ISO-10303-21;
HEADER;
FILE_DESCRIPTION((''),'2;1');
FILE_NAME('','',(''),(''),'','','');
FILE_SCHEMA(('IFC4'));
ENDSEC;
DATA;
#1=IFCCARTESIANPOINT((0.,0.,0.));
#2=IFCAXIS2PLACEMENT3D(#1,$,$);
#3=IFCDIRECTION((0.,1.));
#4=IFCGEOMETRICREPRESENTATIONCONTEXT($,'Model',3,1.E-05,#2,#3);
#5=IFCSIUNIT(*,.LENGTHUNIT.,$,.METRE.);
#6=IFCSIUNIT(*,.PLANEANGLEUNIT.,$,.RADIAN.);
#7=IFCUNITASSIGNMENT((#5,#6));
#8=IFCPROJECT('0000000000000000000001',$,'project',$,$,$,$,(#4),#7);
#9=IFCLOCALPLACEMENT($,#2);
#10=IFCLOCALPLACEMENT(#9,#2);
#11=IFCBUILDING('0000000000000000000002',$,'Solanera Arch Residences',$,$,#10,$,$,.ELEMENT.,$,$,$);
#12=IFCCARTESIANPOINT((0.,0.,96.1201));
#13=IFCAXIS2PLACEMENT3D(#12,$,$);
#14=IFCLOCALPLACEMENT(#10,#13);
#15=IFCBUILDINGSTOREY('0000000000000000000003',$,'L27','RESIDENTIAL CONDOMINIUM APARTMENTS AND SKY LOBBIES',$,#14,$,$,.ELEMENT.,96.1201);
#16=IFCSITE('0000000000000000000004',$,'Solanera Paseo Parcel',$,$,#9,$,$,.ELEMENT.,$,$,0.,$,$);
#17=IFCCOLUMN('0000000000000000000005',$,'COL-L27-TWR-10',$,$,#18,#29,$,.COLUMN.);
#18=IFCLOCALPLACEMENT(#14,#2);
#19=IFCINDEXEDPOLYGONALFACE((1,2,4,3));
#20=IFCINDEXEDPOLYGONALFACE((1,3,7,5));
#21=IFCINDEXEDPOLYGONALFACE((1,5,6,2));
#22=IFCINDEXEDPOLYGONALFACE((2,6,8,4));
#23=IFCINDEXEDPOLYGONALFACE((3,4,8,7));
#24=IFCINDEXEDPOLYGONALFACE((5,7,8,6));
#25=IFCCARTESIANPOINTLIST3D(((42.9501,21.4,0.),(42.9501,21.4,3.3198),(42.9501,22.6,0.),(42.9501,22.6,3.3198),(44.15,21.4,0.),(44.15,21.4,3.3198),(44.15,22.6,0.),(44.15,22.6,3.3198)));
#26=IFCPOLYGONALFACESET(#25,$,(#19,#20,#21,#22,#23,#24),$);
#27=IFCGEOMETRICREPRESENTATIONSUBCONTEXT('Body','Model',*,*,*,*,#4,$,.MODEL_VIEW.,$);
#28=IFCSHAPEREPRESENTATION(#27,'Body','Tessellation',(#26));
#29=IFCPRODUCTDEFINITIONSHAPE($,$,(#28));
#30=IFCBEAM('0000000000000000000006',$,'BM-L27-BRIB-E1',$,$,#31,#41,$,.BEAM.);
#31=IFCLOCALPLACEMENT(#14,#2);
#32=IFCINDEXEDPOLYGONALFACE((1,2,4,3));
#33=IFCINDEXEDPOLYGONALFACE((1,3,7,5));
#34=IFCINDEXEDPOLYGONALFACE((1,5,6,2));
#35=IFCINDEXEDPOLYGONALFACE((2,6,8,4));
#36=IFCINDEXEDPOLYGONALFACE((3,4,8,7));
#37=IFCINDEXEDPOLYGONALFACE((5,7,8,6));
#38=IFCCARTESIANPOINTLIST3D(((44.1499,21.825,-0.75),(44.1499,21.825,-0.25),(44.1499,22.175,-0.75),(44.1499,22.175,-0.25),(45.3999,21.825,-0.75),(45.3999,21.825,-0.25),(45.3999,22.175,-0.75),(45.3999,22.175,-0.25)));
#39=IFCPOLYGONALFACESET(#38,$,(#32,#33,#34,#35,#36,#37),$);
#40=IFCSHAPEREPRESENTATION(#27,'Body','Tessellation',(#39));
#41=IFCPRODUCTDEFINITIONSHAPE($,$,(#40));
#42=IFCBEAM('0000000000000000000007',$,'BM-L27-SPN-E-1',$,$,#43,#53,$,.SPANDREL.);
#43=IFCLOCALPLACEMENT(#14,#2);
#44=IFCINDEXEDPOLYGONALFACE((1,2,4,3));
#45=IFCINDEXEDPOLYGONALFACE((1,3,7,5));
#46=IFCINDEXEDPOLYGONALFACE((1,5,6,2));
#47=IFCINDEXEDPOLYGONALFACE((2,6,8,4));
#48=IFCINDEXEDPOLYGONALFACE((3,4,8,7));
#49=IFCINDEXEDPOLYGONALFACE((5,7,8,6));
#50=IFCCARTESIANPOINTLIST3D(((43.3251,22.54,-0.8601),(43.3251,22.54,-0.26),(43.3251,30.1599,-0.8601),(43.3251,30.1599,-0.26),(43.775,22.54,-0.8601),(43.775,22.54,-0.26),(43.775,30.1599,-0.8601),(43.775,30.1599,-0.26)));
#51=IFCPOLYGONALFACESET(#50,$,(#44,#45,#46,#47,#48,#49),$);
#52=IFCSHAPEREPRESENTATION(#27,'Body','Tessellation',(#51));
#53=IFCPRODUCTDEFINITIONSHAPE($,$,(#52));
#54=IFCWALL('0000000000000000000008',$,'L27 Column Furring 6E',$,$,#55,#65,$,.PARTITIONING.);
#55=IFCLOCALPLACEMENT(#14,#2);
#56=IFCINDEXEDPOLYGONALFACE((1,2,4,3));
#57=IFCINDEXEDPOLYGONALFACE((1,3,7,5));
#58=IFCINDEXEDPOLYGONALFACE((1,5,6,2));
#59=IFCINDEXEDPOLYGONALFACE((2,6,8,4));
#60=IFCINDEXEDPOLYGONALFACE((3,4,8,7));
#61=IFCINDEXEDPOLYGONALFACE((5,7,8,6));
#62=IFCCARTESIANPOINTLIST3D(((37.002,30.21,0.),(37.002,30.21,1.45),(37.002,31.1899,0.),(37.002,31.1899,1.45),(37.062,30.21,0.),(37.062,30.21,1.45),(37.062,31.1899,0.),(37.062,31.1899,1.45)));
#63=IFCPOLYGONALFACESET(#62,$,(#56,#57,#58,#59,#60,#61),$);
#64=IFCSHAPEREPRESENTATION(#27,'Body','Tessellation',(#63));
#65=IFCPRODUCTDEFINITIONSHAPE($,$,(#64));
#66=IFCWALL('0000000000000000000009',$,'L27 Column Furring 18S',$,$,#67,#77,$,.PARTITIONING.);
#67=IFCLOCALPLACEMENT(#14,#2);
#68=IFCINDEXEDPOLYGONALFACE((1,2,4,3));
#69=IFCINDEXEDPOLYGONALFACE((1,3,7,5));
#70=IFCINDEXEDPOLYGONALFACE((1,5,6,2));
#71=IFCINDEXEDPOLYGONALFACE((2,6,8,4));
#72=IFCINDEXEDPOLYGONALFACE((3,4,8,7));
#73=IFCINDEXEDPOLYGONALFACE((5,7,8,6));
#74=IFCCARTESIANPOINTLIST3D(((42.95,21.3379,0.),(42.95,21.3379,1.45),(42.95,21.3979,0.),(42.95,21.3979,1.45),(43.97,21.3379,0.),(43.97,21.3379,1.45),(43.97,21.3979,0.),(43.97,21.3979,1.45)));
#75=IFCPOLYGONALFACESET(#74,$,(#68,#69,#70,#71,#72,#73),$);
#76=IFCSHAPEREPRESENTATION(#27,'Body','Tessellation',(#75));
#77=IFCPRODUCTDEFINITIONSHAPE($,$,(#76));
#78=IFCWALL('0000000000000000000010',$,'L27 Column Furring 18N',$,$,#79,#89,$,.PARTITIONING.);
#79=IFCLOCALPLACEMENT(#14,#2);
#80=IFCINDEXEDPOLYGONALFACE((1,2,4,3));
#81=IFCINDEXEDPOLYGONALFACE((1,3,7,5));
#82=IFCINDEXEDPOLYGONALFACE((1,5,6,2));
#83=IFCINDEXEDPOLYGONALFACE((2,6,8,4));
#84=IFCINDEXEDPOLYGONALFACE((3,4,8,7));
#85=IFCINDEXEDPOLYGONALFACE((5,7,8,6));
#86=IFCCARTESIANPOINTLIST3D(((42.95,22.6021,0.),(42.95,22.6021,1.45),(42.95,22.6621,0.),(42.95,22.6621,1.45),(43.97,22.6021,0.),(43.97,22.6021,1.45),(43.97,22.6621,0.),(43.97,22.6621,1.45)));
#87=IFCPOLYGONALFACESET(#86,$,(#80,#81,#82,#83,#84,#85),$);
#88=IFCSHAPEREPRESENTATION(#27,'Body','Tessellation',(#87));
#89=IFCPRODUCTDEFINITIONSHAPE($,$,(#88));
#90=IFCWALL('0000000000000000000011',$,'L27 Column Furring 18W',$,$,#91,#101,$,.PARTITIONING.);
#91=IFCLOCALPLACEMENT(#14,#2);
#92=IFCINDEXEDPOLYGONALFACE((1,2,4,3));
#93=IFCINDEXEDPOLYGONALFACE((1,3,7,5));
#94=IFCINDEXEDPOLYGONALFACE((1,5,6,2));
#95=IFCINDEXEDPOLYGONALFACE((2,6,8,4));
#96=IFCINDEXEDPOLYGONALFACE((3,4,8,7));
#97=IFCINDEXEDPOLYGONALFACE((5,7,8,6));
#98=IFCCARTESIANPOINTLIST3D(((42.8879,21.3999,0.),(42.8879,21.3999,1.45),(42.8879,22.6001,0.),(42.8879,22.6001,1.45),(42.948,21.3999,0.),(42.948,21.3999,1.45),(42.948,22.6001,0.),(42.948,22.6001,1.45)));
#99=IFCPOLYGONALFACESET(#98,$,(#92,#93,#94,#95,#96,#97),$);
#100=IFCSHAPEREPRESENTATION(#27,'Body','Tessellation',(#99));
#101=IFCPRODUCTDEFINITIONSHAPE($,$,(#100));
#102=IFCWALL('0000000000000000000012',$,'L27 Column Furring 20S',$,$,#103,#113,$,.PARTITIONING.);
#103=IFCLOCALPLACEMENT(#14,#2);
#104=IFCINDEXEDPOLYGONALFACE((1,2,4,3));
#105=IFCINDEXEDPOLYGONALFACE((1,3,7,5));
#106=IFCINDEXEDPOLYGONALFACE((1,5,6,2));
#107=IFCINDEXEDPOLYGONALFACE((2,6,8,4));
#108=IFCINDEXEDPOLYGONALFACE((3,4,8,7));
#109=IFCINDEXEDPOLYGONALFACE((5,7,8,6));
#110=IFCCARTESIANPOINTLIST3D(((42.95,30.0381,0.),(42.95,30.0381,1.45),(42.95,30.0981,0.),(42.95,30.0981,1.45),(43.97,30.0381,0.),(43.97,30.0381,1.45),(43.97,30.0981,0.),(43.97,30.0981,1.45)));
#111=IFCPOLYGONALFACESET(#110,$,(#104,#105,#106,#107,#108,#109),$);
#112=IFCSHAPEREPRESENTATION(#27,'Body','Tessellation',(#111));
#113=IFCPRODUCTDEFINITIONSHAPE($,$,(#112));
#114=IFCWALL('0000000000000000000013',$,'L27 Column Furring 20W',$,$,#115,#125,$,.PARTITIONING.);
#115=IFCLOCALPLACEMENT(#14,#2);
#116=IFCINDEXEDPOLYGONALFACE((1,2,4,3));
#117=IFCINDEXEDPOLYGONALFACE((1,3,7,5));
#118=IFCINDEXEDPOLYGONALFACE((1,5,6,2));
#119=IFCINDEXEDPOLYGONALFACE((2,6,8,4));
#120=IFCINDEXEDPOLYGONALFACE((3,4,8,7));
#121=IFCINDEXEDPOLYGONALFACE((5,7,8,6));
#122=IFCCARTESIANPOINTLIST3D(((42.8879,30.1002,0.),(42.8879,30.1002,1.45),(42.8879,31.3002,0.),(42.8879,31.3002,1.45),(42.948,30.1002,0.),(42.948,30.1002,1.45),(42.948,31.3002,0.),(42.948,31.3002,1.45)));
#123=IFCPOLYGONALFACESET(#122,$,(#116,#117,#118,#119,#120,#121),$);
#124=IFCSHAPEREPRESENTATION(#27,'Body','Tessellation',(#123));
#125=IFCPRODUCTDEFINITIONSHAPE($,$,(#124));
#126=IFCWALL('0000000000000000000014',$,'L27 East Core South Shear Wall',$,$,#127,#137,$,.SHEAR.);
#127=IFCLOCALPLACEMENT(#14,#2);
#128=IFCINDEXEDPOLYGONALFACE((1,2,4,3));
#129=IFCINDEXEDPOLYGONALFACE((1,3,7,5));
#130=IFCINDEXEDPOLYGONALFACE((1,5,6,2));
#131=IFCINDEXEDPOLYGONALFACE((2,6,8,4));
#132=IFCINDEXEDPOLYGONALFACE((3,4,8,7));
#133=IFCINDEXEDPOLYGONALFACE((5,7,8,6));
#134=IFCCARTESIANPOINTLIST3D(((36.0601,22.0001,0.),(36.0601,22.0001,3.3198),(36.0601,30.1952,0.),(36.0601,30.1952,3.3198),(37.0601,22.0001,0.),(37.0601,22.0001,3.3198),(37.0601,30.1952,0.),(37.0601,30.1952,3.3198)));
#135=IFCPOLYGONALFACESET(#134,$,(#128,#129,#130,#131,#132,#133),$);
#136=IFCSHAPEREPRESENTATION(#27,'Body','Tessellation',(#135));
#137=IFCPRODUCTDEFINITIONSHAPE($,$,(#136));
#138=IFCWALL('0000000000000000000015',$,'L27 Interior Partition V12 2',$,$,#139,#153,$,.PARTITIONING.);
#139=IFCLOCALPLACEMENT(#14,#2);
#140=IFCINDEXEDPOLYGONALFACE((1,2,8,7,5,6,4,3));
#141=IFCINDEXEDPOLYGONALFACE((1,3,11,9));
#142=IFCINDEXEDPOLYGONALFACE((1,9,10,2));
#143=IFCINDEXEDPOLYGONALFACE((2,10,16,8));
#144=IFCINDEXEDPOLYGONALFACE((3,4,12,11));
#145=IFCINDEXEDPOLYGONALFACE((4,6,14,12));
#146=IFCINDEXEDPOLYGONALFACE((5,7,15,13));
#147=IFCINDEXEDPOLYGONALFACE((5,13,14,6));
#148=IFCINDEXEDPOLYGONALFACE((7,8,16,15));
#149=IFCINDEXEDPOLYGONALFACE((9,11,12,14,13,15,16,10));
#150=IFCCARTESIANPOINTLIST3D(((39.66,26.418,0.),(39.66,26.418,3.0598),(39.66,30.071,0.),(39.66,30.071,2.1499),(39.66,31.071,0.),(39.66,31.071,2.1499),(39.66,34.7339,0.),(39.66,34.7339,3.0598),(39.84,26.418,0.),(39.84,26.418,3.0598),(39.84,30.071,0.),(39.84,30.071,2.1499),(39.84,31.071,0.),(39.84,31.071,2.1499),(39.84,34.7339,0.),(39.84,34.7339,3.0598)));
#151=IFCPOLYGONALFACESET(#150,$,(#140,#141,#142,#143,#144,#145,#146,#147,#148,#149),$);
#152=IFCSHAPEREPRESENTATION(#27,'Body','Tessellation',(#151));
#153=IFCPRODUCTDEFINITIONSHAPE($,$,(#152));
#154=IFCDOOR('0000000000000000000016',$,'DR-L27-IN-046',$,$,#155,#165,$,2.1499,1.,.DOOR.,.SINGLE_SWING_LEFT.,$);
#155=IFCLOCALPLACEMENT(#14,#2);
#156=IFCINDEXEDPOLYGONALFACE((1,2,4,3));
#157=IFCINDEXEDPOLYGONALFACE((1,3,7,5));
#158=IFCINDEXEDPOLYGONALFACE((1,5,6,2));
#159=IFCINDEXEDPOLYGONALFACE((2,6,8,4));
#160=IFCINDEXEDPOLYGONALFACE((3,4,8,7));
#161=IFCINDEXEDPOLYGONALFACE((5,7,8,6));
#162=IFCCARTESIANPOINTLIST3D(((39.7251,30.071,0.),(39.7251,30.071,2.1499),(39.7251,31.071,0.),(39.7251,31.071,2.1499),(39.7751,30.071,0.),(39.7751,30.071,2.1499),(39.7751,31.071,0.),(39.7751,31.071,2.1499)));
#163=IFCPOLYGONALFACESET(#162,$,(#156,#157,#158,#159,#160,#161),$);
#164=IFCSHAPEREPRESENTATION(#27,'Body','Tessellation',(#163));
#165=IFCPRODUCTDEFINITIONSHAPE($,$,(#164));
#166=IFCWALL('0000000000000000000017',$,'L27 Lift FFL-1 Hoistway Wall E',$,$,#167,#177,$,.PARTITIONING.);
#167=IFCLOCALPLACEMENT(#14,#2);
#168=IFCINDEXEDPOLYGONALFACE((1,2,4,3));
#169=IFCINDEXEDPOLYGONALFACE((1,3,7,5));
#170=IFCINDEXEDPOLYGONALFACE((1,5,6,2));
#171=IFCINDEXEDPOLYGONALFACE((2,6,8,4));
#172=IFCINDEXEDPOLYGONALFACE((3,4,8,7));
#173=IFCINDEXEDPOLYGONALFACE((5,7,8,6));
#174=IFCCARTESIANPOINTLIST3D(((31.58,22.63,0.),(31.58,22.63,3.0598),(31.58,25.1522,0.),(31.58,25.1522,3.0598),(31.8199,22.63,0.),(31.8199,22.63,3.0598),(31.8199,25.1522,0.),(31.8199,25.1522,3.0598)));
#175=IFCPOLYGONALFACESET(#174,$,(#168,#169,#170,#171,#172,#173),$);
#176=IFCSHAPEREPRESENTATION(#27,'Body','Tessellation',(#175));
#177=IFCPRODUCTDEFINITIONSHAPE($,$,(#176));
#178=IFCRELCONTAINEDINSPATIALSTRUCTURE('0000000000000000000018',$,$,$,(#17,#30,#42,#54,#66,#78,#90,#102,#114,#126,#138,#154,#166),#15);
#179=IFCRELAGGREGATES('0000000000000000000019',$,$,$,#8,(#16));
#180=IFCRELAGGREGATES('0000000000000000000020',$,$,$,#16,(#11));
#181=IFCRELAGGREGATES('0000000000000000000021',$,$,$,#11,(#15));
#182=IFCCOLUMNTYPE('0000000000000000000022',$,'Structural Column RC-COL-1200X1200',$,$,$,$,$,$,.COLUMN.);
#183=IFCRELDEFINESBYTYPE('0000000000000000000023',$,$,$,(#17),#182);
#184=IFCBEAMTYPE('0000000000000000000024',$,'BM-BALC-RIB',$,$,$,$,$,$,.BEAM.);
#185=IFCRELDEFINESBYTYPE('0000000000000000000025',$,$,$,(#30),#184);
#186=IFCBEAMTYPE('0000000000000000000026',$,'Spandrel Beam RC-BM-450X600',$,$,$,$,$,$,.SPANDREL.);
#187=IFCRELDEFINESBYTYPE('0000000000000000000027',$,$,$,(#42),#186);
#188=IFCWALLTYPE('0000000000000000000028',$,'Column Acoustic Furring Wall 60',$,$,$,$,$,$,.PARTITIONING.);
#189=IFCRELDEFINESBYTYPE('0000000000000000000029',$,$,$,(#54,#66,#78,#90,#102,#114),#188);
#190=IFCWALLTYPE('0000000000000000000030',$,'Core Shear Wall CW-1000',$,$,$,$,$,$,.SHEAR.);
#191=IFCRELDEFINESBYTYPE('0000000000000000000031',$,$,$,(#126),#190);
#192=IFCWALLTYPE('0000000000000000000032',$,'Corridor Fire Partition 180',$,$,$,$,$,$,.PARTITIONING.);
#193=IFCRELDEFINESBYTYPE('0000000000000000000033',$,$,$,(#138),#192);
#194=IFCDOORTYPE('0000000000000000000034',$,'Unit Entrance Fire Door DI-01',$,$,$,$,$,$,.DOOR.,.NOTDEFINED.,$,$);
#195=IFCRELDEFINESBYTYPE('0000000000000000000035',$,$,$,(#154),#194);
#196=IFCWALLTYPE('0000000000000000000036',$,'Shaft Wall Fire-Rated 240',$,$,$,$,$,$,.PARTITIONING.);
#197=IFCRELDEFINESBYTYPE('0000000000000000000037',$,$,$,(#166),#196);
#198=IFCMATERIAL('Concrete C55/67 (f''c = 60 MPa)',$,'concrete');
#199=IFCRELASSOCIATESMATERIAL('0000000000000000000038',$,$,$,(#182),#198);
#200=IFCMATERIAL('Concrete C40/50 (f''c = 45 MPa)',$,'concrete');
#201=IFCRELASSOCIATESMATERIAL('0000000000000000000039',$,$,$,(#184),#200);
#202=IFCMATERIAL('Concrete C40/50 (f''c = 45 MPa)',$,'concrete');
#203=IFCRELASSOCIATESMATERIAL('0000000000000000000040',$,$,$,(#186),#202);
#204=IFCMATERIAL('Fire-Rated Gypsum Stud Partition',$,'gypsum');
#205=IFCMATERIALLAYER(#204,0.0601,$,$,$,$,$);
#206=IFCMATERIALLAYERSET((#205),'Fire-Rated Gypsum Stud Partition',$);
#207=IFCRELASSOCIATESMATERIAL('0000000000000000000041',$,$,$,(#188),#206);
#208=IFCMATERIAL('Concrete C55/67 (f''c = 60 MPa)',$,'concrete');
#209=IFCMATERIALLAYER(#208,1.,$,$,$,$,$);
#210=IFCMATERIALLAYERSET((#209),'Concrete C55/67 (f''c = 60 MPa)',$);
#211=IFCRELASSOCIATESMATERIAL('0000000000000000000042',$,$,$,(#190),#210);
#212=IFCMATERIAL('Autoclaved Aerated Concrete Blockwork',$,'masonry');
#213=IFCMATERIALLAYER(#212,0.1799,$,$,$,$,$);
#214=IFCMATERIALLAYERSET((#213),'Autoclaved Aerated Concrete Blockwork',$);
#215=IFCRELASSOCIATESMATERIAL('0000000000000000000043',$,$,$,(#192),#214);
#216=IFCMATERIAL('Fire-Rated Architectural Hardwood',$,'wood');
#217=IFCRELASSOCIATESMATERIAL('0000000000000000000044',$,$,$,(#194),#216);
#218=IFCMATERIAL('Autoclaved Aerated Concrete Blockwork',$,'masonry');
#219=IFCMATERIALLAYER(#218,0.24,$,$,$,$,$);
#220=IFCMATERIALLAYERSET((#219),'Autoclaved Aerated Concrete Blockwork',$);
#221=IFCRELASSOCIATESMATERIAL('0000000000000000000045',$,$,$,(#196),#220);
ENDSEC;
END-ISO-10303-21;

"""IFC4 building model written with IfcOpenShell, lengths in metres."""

from ifc_helpers import new_model, si_unit, direction, frame, frame_2d, origin, origin_2d, place, context, subcontext, project, spatial, rectangle, extrude, material, layer, layer_set, material_profile, profile_set, type_object, element, fill, save


model = new_model("IFC4")

# Units and contexts
model_context = context("Model", 3, precision=1e-05, world=origin(), true_north=direction((0.0, 1.0)))
body_context = subcontext(model_context, "Body", "Model", "MODEL_VIEW")
ifc_project = project(units=[si_unit("LENGTHUNIT", "METRE"), si_unit("PLANEANGLEUNIT", "RADIAN")], contexts=[model_context])

# Site, building, storey
site_placement = place(None, origin())
site = spatial("IfcSite", under=ifc_project, at=site_placement, Name="Solanera Paseo Parcel", CompositionType="ELEMENT", RefElevation=0.0)
building_placement = place(site_placement, origin())
building = spatial("IfcBuilding", under=site, at=building_placement, Name="Solanera Arch Residences", CompositionType="ELEMENT")
storey_placement = place(building_placement, frame((0.0, 0.0, 96.1201)))
storey = spatial("IfcBuildingStorey", under=building, at=storey_placement, Name="L27", Description="RESIDENTIAL CONDOMINIUM APARTMENTS AND SKY LOBBIES", CompositionType="ELEMENT", Elevation=96.1201)

# Column
ifc_material_1 = material(Name="Concrete C55/67 (f'c = 60 MPa)", Category="concrete")
ifc_material_profile_1 = material_profile(ifc_material_1, rectangle(XDim=1.2, YDim=1.2, at=origin_2d()))
ifc_profile_set_1 = profile_set([ifc_material_profile_1], Name="Concrete C55/67 (f'c = 60 MPa)")
column_type = type_object("IfcColumnType", Name="Structural Column RC-COL-1200X1200", PredefinedType="COLUMN", material=ifc_profile_set_1)
column_placement = place(storey_placement, frame((43.55, 22.0, 0.0), z_axis=(0.0, 0.0, 1.0), x_axis=(1.0, 0.0, 0.0)))
element("IfcColumn", 1, at=column_placement, inside=storey, type_object=column_type, Name="COL-L27-TWR-10", PredefinedType="COLUMN", context=body_context, shape_type="SweptSolid", body=[
    extrude(rectangle(XDim=1.2, YDim=1.2, at=origin_2d()), origin(), (0.0, 0.0, 1.0), 3.3198),
])

# Beams
ifc_material_2 = material(Name="Concrete C40/50 (f'c = 45 MPa)", Category="concrete")
ifc_material_profile_2 = material_profile(ifc_material_2, rectangle(XDim=0.3501, YDim=0.5, at=origin_2d()))
ifc_profile_set_2 = profile_set([ifc_material_profile_2], Name="Concrete C40/50 (f'c = 45 MPa)")
beam_type_1 = type_object("IfcBeamType", Name="BM-BALC-RIB", PredefinedType="BEAM", material=ifc_profile_set_2)
beam_1_placement = place(storey_placement, frame((44.1499, 22.0, -0.5), z_axis=(1.0, 0.0, 0.0), x_axis=(0.0, 1.0, 0.0)))
element("IfcBeam", 2, at=beam_1_placement, inside=storey, type_object=beam_type_1, Name="BM-L27-BRIB-E1", PredefinedType="BEAM", context=body_context, shape_type="SweptSolid", body=[
    extrude(rectangle(XDim=0.3501, YDim=0.5, at=origin_2d()), origin(), (0.0, 0.0, 1.0), 1.25),
])
ifc_material_3 = material(Name="Concrete C40/50 (f'c = 45 MPa)", Category="concrete")
ifc_material_profile_3 = material_profile(ifc_material_3, rectangle(XDim=0.45, YDim=0.6001, at=origin_2d()))
ifc_profile_set_3 = profile_set([ifc_material_profile_3], Name="Concrete C40/50 (f'c = 45 MPa)")
beam_type_2 = type_object("IfcBeamType", Name="Spandrel Beam RC-BM-450X600", PredefinedType="SPANDREL", material=ifc_profile_set_3)
beam_2_placement = place(storey_placement, frame((43.55, 22.54, -0.5601), z_axis=(0.0, 1.0, 0.0), x_axis=(-1.0, 0.0, 0.0)))
element("IfcBeam", 3, at=beam_2_placement, inside=storey, type_object=beam_type_2, Name="BM-L27-SPN-E-1", PredefinedType="SPANDREL", context=body_context, shape_type="SweptSolid", body=[
    extrude(rectangle(XDim=0.45, YDim=0.6001, at=origin_2d()), origin(), (0.0, 0.0, 1.0), 7.6199),
])

# Walls
ifc_material_4 = material(Name="Fire-Rated Gypsum Stud Partition", Category="gypsum")
ifc_layer_1 = layer(ifc_material_4, 0.0601)
ifc_layer_set_1 = layer_set([ifc_layer_1], Name="Fire-Rated Gypsum Stud Partition")
wall_type_1 = type_object("IfcWallType", Name="Column Acoustic Furring Wall 60", PredefinedType="PARTITIONING", material=ifc_layer_set_1)
wall_1_placement = place(storey_placement, frame((37.032, 30.21, 0.0), z_axis=(0.0, 0.0, 1.0), x_axis=(0.0, 1.0, 0.0)))
element("IfcWall", 4, at=wall_1_placement, inside=storey, type_object=wall_type_1, Name="L27 Column Furring 6E", PredefinedType="PARTITIONING", context=body_context, shape_type="SweptSolid", body=[
    extrude(rectangle(XDim=0.98, YDim=0.0601, at=frame_2d((0.49, 0.0))), origin(), (0.0, 0.0, 1.0), 1.45),
])
for number, where, z_axis, x_axis, name in (
    (5, (42.95, 21.3679, 0.0), (0.0, 0.0, 1.0), (1.0, 0.0, 0.0), "L27 Column Furring 18S"),
    (6, (42.95, 22.6321, 0.0), (0.0, 0.0, 1.0), (1.0, 0.0, 0.0), "L27 Column Furring 18N"),
):
    element("IfcWall", number, at=place(storey_placement, frame(where, z_axis=z_axis, x_axis=x_axis)), inside=storey, type_object=wall_type_1, Name=name, PredefinedType="PARTITIONING", context=body_context, shape_type="SweptSolid", body=[
        extrude(rectangle(XDim=1.02, YDim=0.0601, at=frame_2d((0.51, 0.0))), origin(), (0.0, 0.0, 1.0), 1.45),
    ])
wall_2_placement = place(storey_placement, frame((42.918, 21.3999, 0.0), z_axis=(0.0, 0.0, 1.0), x_axis=(0.0, 1.0, 0.0)))
element("IfcWall", 7, at=wall_2_placement, inside=storey, type_object=wall_type_1, Name="L27 Column Furring 18W", PredefinedType="PARTITIONING", context=body_context, shape_type="SweptSolid", body=[
    extrude(rectangle(XDim=1.2002, YDim=0.0601, at=frame_2d((0.6001, 0.0))), origin(), (0.0, 0.0, 1.0), 1.45),
])
wall_3_placement = place(storey_placement, frame((42.95, 30.0681, 0.0), z_axis=(0.0, 0.0, 1.0), x_axis=(1.0, 0.0, 0.0)))
element("IfcWall", 8, at=wall_3_placement, inside=storey, type_object=wall_type_1, Name="L27 Column Furring 20S", PredefinedType="PARTITIONING", context=body_context, shape_type="SweptSolid", body=[
    extrude(rectangle(XDim=1.02, YDim=0.0601, at=frame_2d((0.51, 0.0))), origin(), (0.0, 0.0, 1.0), 1.45),
])
wall_4_placement = place(storey_placement, frame((42.918, 30.1001, 0.0), z_axis=(0.0, 0.0, 1.0), x_axis=(0.0, 1.0, 0.0)))
element("IfcWall", 9, at=wall_4_placement, inside=storey, type_object=wall_type_1, Name="L27 Column Furring 20W", PredefinedType="PARTITIONING", context=body_context, shape_type="SweptSolid", body=[
    extrude(rectangle(XDim=1.2, YDim=0.0601, at=frame_2d((0.6001, 0.0))), origin(), (0.0, 0.0, 1.0), 1.45),
])
ifc_material_5 = material(Name="Concrete C55/67 (f'c = 60 MPa)", Category="concrete")
ifc_layer_2 = layer(ifc_material_5, 1.0)
ifc_layer_set_2 = layer_set([ifc_layer_2], Name="Concrete C55/67 (f'c = 60 MPa)")
wall_type_2 = type_object("IfcWallType", Name="Core Shear Wall CW-1000", PredefinedType="SHEAR", material=ifc_layer_set_2)
wall_5_placement = place(storey_placement, frame((36.5601, 22.0, 0.0), z_axis=(0.0, 0.0, 1.0), x_axis=(0.0, 1.0, 0.0)))
element("IfcWall", 10, at=wall_5_placement, inside=storey, type_object=wall_type_2, Name="L27 East Core South Shear Wall", PredefinedType="SHEAR", context=body_context, shape_type="SweptSolid", body=[
    extrude(rectangle(XDim=8.1951, YDim=1.0, at=frame_2d((4.0977, 0.0))), origin(), (0.0, 0.0, 1.0), 3.3198),
])

# Wall, opening, door
ifc_material_6 = material(Name="Autoclaved Aerated Concrete Blockwork", Category="masonry")
ifc_layer_3 = layer(ifc_material_6, 0.1799)
ifc_layer_set_3 = layer_set([ifc_layer_3], Name="Autoclaved Aerated Concrete Blockwork")
wall_type_3 = type_object("IfcWallType", Name="Corridor Fire Partition 180", PredefinedType="PARTITIONING", material=ifc_layer_set_3)
wall_6_placement = place(storey_placement, frame((39.75, 26.418, 0.0), z_axis=(0.0, 0.0, 1.0), x_axis=(0.0, 1.0, 0.0)))
wall_6 = element("IfcWall", 11, at=wall_6_placement, inside=storey, type_object=wall_type_3, Name="L27 Interior Partition V12 2", PredefinedType="PARTITIONING", context=body_context, shape_type="SweptSolid", body=[
    extrude(rectangle(XDim=8.3159, YDim=0.1799, at=frame_2d((4.158, 0.0))), origin(), (0.0, 0.0, 1.0), 3.0598),
])
opening_1_placement = place(wall_6_placement, frame((3.6531, 0.0, 0.0)))
opening_1 = element("IfcOpeningElement", 12, at=opening_1_placement, cuts=wall_6, PredefinedType="OPENING", context=body_context, shape_type="SweptSolid", body=[
    extrude(rectangle(XDim=1.0, YDim=2.1499, at=frame_2d((0.5, 1.075))), frame((0.0, 0.1001, 0.0), z_axis=(0.0, -1.0, 0.0), x_axis=(1.0, 0.0, 0.0)), (0.0, 0.0, 1.0), 0.1999),
])
ifc_material_7 = material(Name="Fire-Rated Architectural Hardwood", Category="wood")
door_type_1 = type_object("IfcDoorType", Name="Unit Entrance Fire Door DI-01", OperationType="NOTDEFINED", PredefinedType="DOOR", material=ifc_material_7)
door_1_placement = place(opening_1_placement, origin())
door_1 = element("IfcDoor", 13, at=door_1_placement, inside=storey, type_object=door_type_1, Name="DR-L27-IN-046", OperationType="SINGLE_SWING_LEFT", OverallHeight=2.1499, OverallWidth=1.0, PredefinedType="DOOR", context=body_context, shape_type="SweptSolid", body=[
    extrude(rectangle(XDim=1.0, YDim=2.1499, at=frame_2d((0.5, 1.075))), frame((0.0, 0.0249, 0.0), z_axis=(0.0, -1.0, 0.0), x_axis=(1.0, 0.0, 0.0)), (0.0, 0.0, 1.0), 0.05),
])
fill(opening_1, door_1)

# Wall
ifc_material_8 = material(Name="Autoclaved Aerated Concrete Blockwork", Category="masonry")
ifc_layer_4 = layer(ifc_material_8, 0.24)
ifc_layer_set_4 = layer_set([ifc_layer_4], Name="Autoclaved Aerated Concrete Blockwork")
wall_type_4 = type_object("IfcWallType", Name="Shaft Wall Fire-Rated 240", PredefinedType="PARTITIONING", material=ifc_layer_set_4)
wall_7_placement = place(storey_placement, frame((31.7, 22.6299, 0.0), z_axis=(0.0, 0.0, 1.0), x_axis=(0.0, 1.0, 0.0)))
element("IfcWall", 14, at=wall_7_placement, inside=storey, type_object=wall_type_4, Name="L27 Lift FFL-1 Hoistway Wall E", PredefinedType="PARTITIONING", context=body_context, shape_type="SweptSolid", body=[
    extrude(rectangle(XDim=2.5222, YDim=0.24, at=frame_2d((1.2612, 0.0))), origin(), (0.0, 0.0, 1.0), 3.0598),
])

save(model, "model.ifc")
